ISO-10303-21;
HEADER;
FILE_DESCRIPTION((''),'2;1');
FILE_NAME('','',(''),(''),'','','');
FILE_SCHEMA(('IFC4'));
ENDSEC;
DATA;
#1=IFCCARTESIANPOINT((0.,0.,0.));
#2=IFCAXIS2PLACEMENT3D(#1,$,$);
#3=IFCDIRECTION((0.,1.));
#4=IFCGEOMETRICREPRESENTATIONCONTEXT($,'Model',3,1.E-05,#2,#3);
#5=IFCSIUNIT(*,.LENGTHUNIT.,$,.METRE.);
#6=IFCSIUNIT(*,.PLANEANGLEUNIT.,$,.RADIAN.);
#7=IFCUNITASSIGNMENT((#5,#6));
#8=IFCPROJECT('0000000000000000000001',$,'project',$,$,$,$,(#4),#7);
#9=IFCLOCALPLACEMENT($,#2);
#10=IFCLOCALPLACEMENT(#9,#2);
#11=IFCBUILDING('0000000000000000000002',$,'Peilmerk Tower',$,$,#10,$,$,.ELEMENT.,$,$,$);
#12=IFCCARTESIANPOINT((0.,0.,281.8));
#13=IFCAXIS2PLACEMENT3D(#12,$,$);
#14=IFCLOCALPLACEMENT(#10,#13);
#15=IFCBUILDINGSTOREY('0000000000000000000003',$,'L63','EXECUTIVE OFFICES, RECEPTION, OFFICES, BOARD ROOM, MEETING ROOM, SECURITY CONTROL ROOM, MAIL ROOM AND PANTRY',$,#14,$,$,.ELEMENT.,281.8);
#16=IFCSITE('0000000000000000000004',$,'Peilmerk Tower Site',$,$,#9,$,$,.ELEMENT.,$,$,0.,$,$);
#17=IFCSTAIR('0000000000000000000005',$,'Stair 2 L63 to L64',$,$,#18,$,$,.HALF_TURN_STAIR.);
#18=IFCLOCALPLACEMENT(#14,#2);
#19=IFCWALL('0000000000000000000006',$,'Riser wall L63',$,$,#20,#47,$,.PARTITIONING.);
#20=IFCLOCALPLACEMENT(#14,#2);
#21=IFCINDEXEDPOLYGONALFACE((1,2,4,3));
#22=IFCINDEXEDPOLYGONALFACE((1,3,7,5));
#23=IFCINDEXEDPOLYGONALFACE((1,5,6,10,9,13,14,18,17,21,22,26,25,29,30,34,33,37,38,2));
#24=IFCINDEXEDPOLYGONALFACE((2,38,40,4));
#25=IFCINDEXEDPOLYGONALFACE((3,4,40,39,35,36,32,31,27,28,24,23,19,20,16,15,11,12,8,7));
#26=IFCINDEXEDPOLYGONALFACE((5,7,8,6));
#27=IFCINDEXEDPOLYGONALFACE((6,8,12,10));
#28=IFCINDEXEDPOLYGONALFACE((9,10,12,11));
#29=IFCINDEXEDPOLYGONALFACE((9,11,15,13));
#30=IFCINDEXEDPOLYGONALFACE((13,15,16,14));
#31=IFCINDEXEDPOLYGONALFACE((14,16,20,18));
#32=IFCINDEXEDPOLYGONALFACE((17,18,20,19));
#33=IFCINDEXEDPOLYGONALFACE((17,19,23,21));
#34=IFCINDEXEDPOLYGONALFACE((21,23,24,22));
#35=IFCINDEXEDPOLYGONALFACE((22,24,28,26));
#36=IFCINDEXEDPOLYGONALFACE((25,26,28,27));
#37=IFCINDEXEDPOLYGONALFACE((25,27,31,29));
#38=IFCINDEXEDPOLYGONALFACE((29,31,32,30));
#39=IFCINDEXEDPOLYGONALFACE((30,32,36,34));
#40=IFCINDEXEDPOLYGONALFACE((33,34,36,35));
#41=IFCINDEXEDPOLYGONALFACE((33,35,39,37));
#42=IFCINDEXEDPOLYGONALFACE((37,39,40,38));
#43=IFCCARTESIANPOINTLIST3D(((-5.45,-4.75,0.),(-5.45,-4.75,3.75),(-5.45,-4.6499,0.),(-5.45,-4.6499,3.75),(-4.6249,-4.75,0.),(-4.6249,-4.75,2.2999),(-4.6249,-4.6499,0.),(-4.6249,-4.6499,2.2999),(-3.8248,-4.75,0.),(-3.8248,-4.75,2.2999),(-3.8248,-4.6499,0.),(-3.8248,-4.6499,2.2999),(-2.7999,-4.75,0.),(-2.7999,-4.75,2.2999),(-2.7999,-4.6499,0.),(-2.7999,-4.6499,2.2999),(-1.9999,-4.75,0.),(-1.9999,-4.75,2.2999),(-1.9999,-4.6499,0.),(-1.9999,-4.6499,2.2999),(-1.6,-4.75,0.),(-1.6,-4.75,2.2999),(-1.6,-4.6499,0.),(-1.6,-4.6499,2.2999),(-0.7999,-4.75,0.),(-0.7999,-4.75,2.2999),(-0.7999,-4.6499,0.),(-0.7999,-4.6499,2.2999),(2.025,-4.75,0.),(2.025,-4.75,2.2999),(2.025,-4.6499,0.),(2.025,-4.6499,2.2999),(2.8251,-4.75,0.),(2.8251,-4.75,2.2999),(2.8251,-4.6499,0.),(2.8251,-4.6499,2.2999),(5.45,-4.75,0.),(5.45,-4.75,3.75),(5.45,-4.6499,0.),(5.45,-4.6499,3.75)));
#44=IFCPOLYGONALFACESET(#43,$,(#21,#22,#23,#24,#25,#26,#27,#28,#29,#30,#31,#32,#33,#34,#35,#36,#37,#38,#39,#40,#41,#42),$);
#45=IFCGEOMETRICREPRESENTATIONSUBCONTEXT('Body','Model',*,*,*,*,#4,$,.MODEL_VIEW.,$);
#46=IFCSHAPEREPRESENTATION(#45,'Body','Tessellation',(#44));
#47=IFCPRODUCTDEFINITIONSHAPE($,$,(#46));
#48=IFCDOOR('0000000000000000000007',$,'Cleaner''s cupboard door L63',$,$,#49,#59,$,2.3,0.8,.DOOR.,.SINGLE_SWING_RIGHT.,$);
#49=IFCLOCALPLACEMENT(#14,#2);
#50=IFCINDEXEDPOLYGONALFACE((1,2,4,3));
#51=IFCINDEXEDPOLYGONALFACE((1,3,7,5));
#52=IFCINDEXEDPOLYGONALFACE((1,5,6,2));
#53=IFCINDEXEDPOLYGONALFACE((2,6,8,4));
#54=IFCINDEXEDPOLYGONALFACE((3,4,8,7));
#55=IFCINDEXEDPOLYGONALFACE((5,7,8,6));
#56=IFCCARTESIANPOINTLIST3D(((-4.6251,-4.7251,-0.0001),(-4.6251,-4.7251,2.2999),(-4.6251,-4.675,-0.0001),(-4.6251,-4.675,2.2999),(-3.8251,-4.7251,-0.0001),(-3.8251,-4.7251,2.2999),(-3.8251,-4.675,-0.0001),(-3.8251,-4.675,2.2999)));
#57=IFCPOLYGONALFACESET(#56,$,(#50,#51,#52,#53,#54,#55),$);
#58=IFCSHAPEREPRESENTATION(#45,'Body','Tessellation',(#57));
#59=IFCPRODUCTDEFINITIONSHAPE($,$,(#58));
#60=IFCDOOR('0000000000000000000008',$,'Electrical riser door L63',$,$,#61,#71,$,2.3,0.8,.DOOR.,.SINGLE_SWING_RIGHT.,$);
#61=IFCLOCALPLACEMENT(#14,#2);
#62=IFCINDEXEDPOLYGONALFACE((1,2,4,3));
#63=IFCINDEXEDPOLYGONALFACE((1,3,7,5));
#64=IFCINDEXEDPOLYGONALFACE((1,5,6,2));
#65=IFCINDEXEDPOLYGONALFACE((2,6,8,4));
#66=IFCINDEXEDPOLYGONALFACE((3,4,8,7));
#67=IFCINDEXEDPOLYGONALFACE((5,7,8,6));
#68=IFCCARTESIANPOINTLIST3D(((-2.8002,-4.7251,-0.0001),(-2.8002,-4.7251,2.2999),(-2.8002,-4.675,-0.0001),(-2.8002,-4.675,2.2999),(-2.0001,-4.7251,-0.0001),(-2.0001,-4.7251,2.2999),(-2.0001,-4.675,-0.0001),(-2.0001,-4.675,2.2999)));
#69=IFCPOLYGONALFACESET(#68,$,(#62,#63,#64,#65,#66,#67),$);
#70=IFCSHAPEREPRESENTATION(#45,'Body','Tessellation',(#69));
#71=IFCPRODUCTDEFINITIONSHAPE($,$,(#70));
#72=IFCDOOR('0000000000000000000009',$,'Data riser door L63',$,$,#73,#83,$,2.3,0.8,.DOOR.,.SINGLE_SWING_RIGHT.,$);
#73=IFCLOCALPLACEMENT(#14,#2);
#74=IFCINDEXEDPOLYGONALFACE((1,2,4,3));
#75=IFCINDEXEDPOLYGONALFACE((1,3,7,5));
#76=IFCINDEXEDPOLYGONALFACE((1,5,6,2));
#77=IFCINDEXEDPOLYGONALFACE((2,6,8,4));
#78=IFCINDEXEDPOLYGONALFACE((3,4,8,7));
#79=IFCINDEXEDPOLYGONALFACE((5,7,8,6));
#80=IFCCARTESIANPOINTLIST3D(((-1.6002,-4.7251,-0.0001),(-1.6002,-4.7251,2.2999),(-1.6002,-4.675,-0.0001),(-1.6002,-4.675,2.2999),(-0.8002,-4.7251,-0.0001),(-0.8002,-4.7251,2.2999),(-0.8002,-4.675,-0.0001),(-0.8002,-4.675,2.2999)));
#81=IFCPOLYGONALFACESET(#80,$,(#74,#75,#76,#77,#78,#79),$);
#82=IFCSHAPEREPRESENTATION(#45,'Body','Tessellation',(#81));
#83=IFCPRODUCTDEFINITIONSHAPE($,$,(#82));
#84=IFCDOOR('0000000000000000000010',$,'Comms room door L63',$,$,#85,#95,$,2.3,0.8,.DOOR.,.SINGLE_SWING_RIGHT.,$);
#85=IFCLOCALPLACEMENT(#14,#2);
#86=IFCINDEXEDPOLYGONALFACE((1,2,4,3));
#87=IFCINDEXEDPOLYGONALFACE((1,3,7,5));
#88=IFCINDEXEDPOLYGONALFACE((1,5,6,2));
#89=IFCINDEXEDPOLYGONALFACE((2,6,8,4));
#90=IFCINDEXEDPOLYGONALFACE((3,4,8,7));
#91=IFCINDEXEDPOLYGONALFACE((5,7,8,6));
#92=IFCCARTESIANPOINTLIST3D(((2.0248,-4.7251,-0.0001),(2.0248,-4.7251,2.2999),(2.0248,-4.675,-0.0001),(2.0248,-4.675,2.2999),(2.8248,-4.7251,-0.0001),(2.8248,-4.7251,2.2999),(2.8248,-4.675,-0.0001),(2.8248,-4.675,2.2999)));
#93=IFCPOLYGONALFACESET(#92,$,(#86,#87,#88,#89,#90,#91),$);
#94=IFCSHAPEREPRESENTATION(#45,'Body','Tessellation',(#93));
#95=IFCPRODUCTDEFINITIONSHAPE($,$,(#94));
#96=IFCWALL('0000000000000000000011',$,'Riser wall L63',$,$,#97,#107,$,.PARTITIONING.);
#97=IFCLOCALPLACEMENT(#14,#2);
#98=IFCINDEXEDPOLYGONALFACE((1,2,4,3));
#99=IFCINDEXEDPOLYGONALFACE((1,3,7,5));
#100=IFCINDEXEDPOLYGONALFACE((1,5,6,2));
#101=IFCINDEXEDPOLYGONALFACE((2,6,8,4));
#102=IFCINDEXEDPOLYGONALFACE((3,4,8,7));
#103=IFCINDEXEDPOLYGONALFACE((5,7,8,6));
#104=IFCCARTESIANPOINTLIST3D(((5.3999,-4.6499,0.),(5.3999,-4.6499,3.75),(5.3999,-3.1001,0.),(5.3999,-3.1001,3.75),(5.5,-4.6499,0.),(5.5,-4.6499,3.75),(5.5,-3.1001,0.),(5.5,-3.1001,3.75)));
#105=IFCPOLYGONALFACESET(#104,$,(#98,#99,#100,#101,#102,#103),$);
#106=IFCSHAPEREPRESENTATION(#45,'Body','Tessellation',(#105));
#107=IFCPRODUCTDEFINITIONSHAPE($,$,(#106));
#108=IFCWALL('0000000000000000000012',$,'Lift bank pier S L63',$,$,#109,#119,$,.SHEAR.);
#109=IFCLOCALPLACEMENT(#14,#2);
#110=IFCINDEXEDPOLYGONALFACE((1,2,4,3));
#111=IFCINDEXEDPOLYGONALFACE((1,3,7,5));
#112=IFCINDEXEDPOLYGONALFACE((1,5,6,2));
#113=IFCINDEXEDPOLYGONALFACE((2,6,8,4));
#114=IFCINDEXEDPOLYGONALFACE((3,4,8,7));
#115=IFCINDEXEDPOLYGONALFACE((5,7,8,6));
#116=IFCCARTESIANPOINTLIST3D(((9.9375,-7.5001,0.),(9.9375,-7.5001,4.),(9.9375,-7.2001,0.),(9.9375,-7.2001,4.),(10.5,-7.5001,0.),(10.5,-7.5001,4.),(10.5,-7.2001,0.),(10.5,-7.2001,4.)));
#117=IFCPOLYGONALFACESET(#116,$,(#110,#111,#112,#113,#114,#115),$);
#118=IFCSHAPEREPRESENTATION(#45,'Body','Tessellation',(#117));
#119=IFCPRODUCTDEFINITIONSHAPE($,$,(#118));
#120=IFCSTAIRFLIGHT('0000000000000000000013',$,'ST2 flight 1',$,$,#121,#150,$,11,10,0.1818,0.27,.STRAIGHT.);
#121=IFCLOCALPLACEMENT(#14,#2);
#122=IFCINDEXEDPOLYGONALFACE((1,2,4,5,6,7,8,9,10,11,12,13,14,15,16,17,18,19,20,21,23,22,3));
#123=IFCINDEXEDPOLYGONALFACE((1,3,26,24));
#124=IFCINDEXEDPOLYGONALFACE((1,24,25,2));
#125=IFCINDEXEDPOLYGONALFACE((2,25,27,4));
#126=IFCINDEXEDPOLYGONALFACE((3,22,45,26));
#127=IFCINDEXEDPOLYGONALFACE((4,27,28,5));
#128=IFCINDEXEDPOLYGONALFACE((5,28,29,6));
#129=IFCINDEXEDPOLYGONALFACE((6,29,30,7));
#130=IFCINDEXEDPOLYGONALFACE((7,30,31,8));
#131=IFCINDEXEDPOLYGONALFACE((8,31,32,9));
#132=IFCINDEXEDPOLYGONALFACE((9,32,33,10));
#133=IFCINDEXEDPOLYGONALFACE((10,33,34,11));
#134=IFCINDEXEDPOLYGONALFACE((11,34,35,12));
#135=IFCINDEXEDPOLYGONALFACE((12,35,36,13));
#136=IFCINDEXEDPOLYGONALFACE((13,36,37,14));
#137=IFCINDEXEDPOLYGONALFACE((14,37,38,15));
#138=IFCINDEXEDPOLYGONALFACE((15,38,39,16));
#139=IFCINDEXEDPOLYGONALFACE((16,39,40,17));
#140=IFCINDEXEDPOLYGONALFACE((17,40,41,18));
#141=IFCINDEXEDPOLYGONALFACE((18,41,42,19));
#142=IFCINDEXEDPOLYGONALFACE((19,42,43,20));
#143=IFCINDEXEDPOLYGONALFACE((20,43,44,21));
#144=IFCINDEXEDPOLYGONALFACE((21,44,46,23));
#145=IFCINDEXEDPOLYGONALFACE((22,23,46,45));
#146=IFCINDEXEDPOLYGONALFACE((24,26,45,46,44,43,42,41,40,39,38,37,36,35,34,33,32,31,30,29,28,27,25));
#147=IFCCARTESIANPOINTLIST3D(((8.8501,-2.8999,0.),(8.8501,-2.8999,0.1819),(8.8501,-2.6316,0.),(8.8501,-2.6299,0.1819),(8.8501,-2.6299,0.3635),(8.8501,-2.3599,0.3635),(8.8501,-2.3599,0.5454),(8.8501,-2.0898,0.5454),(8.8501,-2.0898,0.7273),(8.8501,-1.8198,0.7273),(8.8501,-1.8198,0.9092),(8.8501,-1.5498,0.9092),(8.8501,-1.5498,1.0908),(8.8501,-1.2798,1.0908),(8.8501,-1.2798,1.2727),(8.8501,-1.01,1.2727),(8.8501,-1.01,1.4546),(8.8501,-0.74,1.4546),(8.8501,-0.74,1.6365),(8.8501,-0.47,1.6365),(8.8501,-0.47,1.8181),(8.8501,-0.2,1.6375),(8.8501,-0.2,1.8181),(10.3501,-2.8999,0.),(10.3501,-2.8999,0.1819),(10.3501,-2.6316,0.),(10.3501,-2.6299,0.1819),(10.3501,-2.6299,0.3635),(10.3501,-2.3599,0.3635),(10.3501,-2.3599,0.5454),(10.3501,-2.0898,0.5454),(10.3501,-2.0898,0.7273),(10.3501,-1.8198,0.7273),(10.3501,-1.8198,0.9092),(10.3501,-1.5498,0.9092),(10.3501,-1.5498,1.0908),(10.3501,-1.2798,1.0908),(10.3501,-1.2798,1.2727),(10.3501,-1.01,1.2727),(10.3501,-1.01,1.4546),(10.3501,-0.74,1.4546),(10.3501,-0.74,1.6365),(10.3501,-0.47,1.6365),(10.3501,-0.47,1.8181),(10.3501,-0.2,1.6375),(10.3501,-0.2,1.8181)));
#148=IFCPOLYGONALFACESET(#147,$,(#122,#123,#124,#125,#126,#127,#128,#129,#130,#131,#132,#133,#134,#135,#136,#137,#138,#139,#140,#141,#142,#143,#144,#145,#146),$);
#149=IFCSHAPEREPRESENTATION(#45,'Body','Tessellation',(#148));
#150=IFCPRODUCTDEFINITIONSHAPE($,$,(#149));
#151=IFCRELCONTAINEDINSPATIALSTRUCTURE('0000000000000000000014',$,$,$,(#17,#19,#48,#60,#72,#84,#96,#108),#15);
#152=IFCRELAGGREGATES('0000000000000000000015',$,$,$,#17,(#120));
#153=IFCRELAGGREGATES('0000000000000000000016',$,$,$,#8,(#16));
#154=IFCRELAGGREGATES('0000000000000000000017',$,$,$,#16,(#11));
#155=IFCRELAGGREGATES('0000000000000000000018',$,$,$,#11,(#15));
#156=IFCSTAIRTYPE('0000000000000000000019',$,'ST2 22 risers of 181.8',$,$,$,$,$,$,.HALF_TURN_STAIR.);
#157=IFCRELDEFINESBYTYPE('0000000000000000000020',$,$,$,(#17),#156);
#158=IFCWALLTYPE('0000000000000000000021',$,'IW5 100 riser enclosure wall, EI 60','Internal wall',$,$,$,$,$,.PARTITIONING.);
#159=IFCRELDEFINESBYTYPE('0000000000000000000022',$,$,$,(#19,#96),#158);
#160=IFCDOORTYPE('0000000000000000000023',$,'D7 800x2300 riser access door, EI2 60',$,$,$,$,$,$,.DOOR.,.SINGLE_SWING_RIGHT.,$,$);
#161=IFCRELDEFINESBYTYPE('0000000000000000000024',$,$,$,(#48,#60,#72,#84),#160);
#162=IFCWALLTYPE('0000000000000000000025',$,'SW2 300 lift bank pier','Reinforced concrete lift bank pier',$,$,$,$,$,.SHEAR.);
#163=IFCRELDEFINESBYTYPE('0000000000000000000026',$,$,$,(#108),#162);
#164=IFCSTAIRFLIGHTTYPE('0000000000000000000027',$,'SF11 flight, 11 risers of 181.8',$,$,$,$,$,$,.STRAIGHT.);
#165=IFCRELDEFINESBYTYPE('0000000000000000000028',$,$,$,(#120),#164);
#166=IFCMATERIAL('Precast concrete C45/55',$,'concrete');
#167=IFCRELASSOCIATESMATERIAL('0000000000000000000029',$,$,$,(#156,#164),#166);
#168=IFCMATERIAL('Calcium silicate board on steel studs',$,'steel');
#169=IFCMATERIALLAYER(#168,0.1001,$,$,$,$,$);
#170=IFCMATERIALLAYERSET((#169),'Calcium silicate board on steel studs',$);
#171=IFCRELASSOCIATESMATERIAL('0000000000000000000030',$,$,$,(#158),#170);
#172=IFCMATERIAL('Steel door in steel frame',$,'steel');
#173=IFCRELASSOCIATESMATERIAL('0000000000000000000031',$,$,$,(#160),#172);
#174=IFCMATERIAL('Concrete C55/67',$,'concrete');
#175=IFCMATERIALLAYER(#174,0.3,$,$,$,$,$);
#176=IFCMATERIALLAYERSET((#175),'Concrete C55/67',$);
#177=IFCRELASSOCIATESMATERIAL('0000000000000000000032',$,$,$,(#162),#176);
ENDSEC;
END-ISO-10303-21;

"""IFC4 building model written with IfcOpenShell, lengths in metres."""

from ifc_helpers import new_model, si_unit, direction, frame, frame_2d, origin, place, context, subcontext, project, spatial, polyline, rectangle, outline, extrude, material, layer, layer_set, type_object, element, fill, aggregate, save


model = new_model("IFC4")

# Units and contexts
model_context = context("Model", 3, precision=1e-05, world=origin(), true_north=direction((0.0, 1.0)))
body_context = subcontext(model_context, "Body", "Model", "MODEL_VIEW")
ifc_project = project(units=[si_unit("LENGTHUNIT", "METRE"), si_unit("PLANEANGLEUNIT", "RADIAN")], contexts=[model_context])

# Site, building, storey
site_placement = place(None, origin())
site = spatial("IfcSite", under=ifc_project, at=site_placement, Name="Peilmerk Tower Site", CompositionType="ELEMENT", RefElevation=0.0)
building_placement = place(site_placement, origin())
building = spatial("IfcBuilding", under=site, at=building_placement, Name="Peilmerk Tower", CompositionType="ELEMENT")
storey_placement = place(building_placement, frame((0.0, 0.0, 281.8)))
storey = spatial("IfcBuildingStorey", under=building, at=storey_placement, Name="L63", Description="EXECUTIVE OFFICES, RECEPTION, OFFICES, BOARD ROOM, MEETING ROOM, SECURITY CONTROL ROOM, MAIL ROOM AND PANTRY", CompositionType="ELEMENT", Elevation=281.8)

# Stair
ifc_material_1 = material(Name="Precast concrete C45/55", Category="concrete")
stair_type_1 = type_object("IfcStairType", Name="ST2 22 risers of 181.8", PredefinedType="HALF_TURN_STAIR", material=ifc_material_1)
stair_1_placement = place(storey_placement, origin())
stair_1 = element("IfcStair", 1, at=stair_1_placement, inside=storey, type_object=stair_type_1, Name="Stair 2 L63 to L64", PredefinedType="HALF_TURN_STAIR")

# Shared definitions
ifc_material_2 = material(Name="Steel door in steel frame", Category="steel")

# Shared definitions
ifc_material_3 = material(Name="Calcium silicate board on steel studs", Category="steel")
ifc_layer_1 = layer(ifc_material_3, 0.1001)
ifc_layer_set_1 = layer_set([ifc_layer_1], Name="Calcium silicate board on steel studs")
wall_type_1 = type_object("IfcWallType", Name="IW5 100 riser enclosure wall, EI 60", Description="Internal wall", PredefinedType="PARTITIONING", material=ifc_layer_set_1)

# Wall, openings, doors
wall_1_placement = place(storey_placement, frame((5.45, -4.7, 0.0), z_axis=(0.0, 0.0, 1.0), x_axis=(-1.0, 0.0, 0.0)))
wall_1 = element("IfcWall", 2, at=wall_1_placement, inside=storey, type_object=wall_type_1, Name="Riser wall L63", PredefinedType="PARTITIONING", context=body_context, shape_type="SweptSolid", body=[
    extrude(rectangle(XDim=10.8999, YDim=0.1001, at=frame_2d((5.45, 0.0))), origin(), (0.0, 0.0, 1.0), 3.75),
])
opening_1_placement = place(wall_1_placement, frame((9.2749, 0.0, 0.0)))
opening_1 = element("IfcOpeningElement", 3, at=opening_1_placement, cuts=wall_1, PredefinedType="OPENING", context=body_context, shape_type="SweptSolid", body=[
    extrude(rectangle(XDim=0.8, YDim=2.3, at=frame_2d((0.3999, 1.1499))), frame((0.0, 0.0601, 0.0), z_axis=(0.0, -1.0, 0.0), x_axis=(1.0, 0.0, 0.0)), (0.0, 0.0, 1.0), 0.1201),
])
opening_2_placement = place(wall_1_placement, frame((7.45, 0.0, 0.0)))
opening_2 = element("IfcOpeningElement", 4, at=opening_2_placement, cuts=wall_1, PredefinedType="OPENING", context=body_context, shape_type="SweptSolid", body=[
    extrude(rectangle(XDim=0.8, YDim=2.3, at=frame_2d((0.3999, 1.1499))), frame((0.0, 0.0601, 0.0), z_axis=(0.0, -1.0, 0.0), x_axis=(1.0, 0.0, 0.0)), (0.0, 0.0, 1.0), 0.1201),
])
opening_3_placement = place(wall_1_placement, frame((6.25, 0.0, 0.0)))
opening_3 = element("IfcOpeningElement", 5, at=opening_3_placement, cuts=wall_1, PredefinedType="OPENING", context=body_context, shape_type="SweptSolid", body=[
    extrude(rectangle(XDim=0.8, YDim=2.3, at=frame_2d((0.3999, 1.1499))), frame((0.0, 0.0601, 0.0), z_axis=(0.0, -1.0, 0.0), x_axis=(1.0, 0.0, 0.0)), (0.0, 0.0, 1.0), 0.1201),
])
opening_4_placement = place(wall_1_placement, frame((2.625, 0.0, 0.0)))
opening_4 = element("IfcOpeningElement", 6, at=opening_4_placement, cuts=wall_1, PredefinedType="OPENING", context=body_context, shape_type="SweptSolid", body=[
    extrude(rectangle(XDim=0.8, YDim=2.3, at=frame_2d((0.3999, 1.1499))), frame((0.0, 0.0601, 0.0), z_axis=(0.0, -1.0, 0.0), x_axis=(1.0, 0.0, 0.0)), (0.0, 0.0, 1.0), 0.1201),
])
door_type_1 = type_object("IfcDoorType", Name="D7 800x2300 riser access door, EI2 60", OperationType="SINGLE_SWING_RIGHT", PredefinedType="DOOR", material=ifc_material_2)
door_1_placement = place(opening_1_placement, frame((0.8, 0.0, 0.0), z_axis=(0.0, 0.0, 1.0), x_axis=(-1.0, 0.0, 0.0)))
door_1 = element("IfcDoor", 7, at=door_1_placement, inside=storey, type_object=door_type_1, Name="Cleaner's cupboard door L63", OperationType="SINGLE_SWING_RIGHT", OverallHeight=2.3, OverallWidth=0.8, PredefinedType="DOOR", context=body_context, shape_type="SweptSolid", body=[
    extrude(rectangle(XDim=0.8, YDim=2.3, at=frame_2d((0.3999, 1.1499))), frame((0.0, 0.0249, 0.0), z_axis=(0.0, -1.0, 0.0), x_axis=(1.0, 0.0, 0.0)), (0.0, 0.0, 1.0), 0.05),
])
fill(opening_1, door_1)
door_2_placement = place(opening_2_placement, frame((0.8, 0.0, 0.0), z_axis=(0.0, 0.0, 1.0), x_axis=(-1.0, 0.0, 0.0)))
door_2 = element("IfcDoor", 8, at=door_2_placement, inside=storey, type_object=door_type_1, Name="Electrical riser door L63", OperationType="SINGLE_SWING_RIGHT", OverallHeight=2.3, OverallWidth=0.8, PredefinedType="DOOR", context=body_context, shape_type="SweptSolid", body=[
    extrude(rectangle(XDim=0.8, YDim=2.3, at=frame_2d((0.3999, 1.1499))), frame((0.0, 0.0249, 0.0), z_axis=(0.0, -1.0, 0.0), x_axis=(1.0, 0.0, 0.0)), (0.0, 0.0, 1.0), 0.05),
])
fill(opening_2, door_2)
door_3_placement = place(opening_3_placement, frame((0.8, 0.0, 0.0), z_axis=(0.0, 0.0, 1.0), x_axis=(-1.0, 0.0, 0.0)))
door_3 = element("IfcDoor", 9, at=door_3_placement, inside=storey, type_object=door_type_1, Name="Data riser door L63", OperationType="SINGLE_SWING_RIGHT", OverallHeight=2.3, OverallWidth=0.8, PredefinedType="DOOR", context=body_context, shape_type="SweptSolid", body=[
    extrude(rectangle(XDim=0.8, YDim=2.3, at=frame_2d((0.3999, 1.1499))), frame((0.0, 0.0249, 0.0), z_axis=(0.0, -1.0, 0.0), x_axis=(1.0, 0.0, 0.0)), (0.0, 0.0, 1.0), 0.05),
])
fill(opening_3, door_3)
door_4_placement = place(opening_4_placement, frame((0.8, 0.0, 0.0), z_axis=(0.0, 0.0, 1.0), x_axis=(-1.0, 0.0, 0.0)))
door_4 = element("IfcDoor", 10, at=door_4_placement, inside=storey, type_object=door_type_1, Name="Comms room door L63", OperationType="SINGLE_SWING_RIGHT", OverallHeight=2.3, OverallWidth=0.8, PredefinedType="DOOR", context=body_context, shape_type="SweptSolid", body=[
    extrude(rectangle(XDim=0.8, YDim=2.3, at=frame_2d((0.3999, 1.1499))), frame((0.0, 0.0249, 0.0), z_axis=(0.0, -1.0, 0.0), x_axis=(1.0, 0.0, 0.0)), (0.0, 0.0, 1.0), 0.05),
])
fill(opening_4, door_4)

# Walls
wall_2_placement = place(storey_placement, frame((5.45, -3.1001, 0.0), z_axis=(0.0, 0.0, 1.0), x_axis=(0.0, -1.0, 0.0)))
element("IfcWall", 11, at=wall_2_placement, inside=storey, type_object=wall_type_1, Name="Riser wall L63", PredefinedType="PARTITIONING", context=body_context, shape_type="SweptSolid", body=[
    extrude(rectangle(XDim=1.5498, YDim=0.1001, at=frame_2d((0.7749, 0.0))), origin(), (0.0, 0.0, 1.0), 3.75),
])
ifc_material_4 = material(Name="Concrete C55/67", Category="concrete")
ifc_layer_2 = layer(ifc_material_4, 0.3)
ifc_layer_set_2 = layer_set([ifc_layer_2], Name="Concrete C55/67")
wall_type_2 = type_object("IfcWallType", Name="SW2 300 lift bank pier", Description="Reinforced concrete lift bank pier", PredefinedType="SHEAR", material=ifc_layer_set_2)
wall_3_placement = place(storey_placement, frame((9.9375, -7.3501, 0.0), z_axis=(0.0, 0.0, 1.0), x_axis=(1.0, 0.0, 0.0)))
element("IfcWall", 12, at=wall_3_placement, inside=storey, type_object=wall_type_2, Name="Lift bank pier S L63", PredefinedType="SHEAR", context=body_context, shape_type="SweptSolid", body=[
    extrude(rectangle(XDim=0.5625, YDim=0.3, at=frame_2d((0.2812, 0.0))), origin(), (0.0, 0.0, 1.0), 4.0),
])

# Stair flight
stair_flight_type = type_object("IfcStairFlightType", Name="SF11 flight, 11 risers of 181.8", PredefinedType="STRAIGHT", material=ifc_material_1)
stair_flight_1_placement = place(storey_placement, frame((9.6001, -2.8999, 0.0), z_axis=(0.0, 0.0, 1.0), x_axis=(0.0, 1.0, 0.0)))
stair_flight_1 = element("IfcStairFlight", 13, at=stair_flight_1_placement, type_object=stair_flight_type, Name="ST2 flight 1", NumberOfRisers=11, NumberOfTreads=10, PredefinedType="STRAIGHT", RiserHeight=0.1818, TreadLength=0.27, context=body_context, shape_type="SweptSolid", body=[
    extrude(outline(polyline([(0.0, 0.0), (0.0, 0.1819), (0.27, 0.1819), (0.27, 0.3635), (0.54, 0.3635), (0.54, 0.5454), (0.8101, 0.5454), (0.8101, 0.7273), (1.0801, 0.7273), (1.0801, 0.9092), (1.3501, 0.9092), (1.3501, 1.0908), (1.6201, 1.0908), (1.6201, 1.2727), (1.8899, 1.2727), (1.8899, 1.4546), (2.1599, 1.4546), (2.1599, 1.6365), (2.4299, 1.6365), (2.4299, 1.8181), (2.7, 1.8181), (2.7, 2.0), (2.7, 1.6375), (0.2683, 0.0), (0.0, 0.0)])), frame((0.0, 0.75, 0.0), z_axis=(0.0, -1.0, 0.0), x_axis=(1.0, 0.0, 0.0)), (0.0, 0.0, 1.0), 1.5),
])
aggregate(stair_1, [stair_flight_1])

save(model, "model.ifc")
